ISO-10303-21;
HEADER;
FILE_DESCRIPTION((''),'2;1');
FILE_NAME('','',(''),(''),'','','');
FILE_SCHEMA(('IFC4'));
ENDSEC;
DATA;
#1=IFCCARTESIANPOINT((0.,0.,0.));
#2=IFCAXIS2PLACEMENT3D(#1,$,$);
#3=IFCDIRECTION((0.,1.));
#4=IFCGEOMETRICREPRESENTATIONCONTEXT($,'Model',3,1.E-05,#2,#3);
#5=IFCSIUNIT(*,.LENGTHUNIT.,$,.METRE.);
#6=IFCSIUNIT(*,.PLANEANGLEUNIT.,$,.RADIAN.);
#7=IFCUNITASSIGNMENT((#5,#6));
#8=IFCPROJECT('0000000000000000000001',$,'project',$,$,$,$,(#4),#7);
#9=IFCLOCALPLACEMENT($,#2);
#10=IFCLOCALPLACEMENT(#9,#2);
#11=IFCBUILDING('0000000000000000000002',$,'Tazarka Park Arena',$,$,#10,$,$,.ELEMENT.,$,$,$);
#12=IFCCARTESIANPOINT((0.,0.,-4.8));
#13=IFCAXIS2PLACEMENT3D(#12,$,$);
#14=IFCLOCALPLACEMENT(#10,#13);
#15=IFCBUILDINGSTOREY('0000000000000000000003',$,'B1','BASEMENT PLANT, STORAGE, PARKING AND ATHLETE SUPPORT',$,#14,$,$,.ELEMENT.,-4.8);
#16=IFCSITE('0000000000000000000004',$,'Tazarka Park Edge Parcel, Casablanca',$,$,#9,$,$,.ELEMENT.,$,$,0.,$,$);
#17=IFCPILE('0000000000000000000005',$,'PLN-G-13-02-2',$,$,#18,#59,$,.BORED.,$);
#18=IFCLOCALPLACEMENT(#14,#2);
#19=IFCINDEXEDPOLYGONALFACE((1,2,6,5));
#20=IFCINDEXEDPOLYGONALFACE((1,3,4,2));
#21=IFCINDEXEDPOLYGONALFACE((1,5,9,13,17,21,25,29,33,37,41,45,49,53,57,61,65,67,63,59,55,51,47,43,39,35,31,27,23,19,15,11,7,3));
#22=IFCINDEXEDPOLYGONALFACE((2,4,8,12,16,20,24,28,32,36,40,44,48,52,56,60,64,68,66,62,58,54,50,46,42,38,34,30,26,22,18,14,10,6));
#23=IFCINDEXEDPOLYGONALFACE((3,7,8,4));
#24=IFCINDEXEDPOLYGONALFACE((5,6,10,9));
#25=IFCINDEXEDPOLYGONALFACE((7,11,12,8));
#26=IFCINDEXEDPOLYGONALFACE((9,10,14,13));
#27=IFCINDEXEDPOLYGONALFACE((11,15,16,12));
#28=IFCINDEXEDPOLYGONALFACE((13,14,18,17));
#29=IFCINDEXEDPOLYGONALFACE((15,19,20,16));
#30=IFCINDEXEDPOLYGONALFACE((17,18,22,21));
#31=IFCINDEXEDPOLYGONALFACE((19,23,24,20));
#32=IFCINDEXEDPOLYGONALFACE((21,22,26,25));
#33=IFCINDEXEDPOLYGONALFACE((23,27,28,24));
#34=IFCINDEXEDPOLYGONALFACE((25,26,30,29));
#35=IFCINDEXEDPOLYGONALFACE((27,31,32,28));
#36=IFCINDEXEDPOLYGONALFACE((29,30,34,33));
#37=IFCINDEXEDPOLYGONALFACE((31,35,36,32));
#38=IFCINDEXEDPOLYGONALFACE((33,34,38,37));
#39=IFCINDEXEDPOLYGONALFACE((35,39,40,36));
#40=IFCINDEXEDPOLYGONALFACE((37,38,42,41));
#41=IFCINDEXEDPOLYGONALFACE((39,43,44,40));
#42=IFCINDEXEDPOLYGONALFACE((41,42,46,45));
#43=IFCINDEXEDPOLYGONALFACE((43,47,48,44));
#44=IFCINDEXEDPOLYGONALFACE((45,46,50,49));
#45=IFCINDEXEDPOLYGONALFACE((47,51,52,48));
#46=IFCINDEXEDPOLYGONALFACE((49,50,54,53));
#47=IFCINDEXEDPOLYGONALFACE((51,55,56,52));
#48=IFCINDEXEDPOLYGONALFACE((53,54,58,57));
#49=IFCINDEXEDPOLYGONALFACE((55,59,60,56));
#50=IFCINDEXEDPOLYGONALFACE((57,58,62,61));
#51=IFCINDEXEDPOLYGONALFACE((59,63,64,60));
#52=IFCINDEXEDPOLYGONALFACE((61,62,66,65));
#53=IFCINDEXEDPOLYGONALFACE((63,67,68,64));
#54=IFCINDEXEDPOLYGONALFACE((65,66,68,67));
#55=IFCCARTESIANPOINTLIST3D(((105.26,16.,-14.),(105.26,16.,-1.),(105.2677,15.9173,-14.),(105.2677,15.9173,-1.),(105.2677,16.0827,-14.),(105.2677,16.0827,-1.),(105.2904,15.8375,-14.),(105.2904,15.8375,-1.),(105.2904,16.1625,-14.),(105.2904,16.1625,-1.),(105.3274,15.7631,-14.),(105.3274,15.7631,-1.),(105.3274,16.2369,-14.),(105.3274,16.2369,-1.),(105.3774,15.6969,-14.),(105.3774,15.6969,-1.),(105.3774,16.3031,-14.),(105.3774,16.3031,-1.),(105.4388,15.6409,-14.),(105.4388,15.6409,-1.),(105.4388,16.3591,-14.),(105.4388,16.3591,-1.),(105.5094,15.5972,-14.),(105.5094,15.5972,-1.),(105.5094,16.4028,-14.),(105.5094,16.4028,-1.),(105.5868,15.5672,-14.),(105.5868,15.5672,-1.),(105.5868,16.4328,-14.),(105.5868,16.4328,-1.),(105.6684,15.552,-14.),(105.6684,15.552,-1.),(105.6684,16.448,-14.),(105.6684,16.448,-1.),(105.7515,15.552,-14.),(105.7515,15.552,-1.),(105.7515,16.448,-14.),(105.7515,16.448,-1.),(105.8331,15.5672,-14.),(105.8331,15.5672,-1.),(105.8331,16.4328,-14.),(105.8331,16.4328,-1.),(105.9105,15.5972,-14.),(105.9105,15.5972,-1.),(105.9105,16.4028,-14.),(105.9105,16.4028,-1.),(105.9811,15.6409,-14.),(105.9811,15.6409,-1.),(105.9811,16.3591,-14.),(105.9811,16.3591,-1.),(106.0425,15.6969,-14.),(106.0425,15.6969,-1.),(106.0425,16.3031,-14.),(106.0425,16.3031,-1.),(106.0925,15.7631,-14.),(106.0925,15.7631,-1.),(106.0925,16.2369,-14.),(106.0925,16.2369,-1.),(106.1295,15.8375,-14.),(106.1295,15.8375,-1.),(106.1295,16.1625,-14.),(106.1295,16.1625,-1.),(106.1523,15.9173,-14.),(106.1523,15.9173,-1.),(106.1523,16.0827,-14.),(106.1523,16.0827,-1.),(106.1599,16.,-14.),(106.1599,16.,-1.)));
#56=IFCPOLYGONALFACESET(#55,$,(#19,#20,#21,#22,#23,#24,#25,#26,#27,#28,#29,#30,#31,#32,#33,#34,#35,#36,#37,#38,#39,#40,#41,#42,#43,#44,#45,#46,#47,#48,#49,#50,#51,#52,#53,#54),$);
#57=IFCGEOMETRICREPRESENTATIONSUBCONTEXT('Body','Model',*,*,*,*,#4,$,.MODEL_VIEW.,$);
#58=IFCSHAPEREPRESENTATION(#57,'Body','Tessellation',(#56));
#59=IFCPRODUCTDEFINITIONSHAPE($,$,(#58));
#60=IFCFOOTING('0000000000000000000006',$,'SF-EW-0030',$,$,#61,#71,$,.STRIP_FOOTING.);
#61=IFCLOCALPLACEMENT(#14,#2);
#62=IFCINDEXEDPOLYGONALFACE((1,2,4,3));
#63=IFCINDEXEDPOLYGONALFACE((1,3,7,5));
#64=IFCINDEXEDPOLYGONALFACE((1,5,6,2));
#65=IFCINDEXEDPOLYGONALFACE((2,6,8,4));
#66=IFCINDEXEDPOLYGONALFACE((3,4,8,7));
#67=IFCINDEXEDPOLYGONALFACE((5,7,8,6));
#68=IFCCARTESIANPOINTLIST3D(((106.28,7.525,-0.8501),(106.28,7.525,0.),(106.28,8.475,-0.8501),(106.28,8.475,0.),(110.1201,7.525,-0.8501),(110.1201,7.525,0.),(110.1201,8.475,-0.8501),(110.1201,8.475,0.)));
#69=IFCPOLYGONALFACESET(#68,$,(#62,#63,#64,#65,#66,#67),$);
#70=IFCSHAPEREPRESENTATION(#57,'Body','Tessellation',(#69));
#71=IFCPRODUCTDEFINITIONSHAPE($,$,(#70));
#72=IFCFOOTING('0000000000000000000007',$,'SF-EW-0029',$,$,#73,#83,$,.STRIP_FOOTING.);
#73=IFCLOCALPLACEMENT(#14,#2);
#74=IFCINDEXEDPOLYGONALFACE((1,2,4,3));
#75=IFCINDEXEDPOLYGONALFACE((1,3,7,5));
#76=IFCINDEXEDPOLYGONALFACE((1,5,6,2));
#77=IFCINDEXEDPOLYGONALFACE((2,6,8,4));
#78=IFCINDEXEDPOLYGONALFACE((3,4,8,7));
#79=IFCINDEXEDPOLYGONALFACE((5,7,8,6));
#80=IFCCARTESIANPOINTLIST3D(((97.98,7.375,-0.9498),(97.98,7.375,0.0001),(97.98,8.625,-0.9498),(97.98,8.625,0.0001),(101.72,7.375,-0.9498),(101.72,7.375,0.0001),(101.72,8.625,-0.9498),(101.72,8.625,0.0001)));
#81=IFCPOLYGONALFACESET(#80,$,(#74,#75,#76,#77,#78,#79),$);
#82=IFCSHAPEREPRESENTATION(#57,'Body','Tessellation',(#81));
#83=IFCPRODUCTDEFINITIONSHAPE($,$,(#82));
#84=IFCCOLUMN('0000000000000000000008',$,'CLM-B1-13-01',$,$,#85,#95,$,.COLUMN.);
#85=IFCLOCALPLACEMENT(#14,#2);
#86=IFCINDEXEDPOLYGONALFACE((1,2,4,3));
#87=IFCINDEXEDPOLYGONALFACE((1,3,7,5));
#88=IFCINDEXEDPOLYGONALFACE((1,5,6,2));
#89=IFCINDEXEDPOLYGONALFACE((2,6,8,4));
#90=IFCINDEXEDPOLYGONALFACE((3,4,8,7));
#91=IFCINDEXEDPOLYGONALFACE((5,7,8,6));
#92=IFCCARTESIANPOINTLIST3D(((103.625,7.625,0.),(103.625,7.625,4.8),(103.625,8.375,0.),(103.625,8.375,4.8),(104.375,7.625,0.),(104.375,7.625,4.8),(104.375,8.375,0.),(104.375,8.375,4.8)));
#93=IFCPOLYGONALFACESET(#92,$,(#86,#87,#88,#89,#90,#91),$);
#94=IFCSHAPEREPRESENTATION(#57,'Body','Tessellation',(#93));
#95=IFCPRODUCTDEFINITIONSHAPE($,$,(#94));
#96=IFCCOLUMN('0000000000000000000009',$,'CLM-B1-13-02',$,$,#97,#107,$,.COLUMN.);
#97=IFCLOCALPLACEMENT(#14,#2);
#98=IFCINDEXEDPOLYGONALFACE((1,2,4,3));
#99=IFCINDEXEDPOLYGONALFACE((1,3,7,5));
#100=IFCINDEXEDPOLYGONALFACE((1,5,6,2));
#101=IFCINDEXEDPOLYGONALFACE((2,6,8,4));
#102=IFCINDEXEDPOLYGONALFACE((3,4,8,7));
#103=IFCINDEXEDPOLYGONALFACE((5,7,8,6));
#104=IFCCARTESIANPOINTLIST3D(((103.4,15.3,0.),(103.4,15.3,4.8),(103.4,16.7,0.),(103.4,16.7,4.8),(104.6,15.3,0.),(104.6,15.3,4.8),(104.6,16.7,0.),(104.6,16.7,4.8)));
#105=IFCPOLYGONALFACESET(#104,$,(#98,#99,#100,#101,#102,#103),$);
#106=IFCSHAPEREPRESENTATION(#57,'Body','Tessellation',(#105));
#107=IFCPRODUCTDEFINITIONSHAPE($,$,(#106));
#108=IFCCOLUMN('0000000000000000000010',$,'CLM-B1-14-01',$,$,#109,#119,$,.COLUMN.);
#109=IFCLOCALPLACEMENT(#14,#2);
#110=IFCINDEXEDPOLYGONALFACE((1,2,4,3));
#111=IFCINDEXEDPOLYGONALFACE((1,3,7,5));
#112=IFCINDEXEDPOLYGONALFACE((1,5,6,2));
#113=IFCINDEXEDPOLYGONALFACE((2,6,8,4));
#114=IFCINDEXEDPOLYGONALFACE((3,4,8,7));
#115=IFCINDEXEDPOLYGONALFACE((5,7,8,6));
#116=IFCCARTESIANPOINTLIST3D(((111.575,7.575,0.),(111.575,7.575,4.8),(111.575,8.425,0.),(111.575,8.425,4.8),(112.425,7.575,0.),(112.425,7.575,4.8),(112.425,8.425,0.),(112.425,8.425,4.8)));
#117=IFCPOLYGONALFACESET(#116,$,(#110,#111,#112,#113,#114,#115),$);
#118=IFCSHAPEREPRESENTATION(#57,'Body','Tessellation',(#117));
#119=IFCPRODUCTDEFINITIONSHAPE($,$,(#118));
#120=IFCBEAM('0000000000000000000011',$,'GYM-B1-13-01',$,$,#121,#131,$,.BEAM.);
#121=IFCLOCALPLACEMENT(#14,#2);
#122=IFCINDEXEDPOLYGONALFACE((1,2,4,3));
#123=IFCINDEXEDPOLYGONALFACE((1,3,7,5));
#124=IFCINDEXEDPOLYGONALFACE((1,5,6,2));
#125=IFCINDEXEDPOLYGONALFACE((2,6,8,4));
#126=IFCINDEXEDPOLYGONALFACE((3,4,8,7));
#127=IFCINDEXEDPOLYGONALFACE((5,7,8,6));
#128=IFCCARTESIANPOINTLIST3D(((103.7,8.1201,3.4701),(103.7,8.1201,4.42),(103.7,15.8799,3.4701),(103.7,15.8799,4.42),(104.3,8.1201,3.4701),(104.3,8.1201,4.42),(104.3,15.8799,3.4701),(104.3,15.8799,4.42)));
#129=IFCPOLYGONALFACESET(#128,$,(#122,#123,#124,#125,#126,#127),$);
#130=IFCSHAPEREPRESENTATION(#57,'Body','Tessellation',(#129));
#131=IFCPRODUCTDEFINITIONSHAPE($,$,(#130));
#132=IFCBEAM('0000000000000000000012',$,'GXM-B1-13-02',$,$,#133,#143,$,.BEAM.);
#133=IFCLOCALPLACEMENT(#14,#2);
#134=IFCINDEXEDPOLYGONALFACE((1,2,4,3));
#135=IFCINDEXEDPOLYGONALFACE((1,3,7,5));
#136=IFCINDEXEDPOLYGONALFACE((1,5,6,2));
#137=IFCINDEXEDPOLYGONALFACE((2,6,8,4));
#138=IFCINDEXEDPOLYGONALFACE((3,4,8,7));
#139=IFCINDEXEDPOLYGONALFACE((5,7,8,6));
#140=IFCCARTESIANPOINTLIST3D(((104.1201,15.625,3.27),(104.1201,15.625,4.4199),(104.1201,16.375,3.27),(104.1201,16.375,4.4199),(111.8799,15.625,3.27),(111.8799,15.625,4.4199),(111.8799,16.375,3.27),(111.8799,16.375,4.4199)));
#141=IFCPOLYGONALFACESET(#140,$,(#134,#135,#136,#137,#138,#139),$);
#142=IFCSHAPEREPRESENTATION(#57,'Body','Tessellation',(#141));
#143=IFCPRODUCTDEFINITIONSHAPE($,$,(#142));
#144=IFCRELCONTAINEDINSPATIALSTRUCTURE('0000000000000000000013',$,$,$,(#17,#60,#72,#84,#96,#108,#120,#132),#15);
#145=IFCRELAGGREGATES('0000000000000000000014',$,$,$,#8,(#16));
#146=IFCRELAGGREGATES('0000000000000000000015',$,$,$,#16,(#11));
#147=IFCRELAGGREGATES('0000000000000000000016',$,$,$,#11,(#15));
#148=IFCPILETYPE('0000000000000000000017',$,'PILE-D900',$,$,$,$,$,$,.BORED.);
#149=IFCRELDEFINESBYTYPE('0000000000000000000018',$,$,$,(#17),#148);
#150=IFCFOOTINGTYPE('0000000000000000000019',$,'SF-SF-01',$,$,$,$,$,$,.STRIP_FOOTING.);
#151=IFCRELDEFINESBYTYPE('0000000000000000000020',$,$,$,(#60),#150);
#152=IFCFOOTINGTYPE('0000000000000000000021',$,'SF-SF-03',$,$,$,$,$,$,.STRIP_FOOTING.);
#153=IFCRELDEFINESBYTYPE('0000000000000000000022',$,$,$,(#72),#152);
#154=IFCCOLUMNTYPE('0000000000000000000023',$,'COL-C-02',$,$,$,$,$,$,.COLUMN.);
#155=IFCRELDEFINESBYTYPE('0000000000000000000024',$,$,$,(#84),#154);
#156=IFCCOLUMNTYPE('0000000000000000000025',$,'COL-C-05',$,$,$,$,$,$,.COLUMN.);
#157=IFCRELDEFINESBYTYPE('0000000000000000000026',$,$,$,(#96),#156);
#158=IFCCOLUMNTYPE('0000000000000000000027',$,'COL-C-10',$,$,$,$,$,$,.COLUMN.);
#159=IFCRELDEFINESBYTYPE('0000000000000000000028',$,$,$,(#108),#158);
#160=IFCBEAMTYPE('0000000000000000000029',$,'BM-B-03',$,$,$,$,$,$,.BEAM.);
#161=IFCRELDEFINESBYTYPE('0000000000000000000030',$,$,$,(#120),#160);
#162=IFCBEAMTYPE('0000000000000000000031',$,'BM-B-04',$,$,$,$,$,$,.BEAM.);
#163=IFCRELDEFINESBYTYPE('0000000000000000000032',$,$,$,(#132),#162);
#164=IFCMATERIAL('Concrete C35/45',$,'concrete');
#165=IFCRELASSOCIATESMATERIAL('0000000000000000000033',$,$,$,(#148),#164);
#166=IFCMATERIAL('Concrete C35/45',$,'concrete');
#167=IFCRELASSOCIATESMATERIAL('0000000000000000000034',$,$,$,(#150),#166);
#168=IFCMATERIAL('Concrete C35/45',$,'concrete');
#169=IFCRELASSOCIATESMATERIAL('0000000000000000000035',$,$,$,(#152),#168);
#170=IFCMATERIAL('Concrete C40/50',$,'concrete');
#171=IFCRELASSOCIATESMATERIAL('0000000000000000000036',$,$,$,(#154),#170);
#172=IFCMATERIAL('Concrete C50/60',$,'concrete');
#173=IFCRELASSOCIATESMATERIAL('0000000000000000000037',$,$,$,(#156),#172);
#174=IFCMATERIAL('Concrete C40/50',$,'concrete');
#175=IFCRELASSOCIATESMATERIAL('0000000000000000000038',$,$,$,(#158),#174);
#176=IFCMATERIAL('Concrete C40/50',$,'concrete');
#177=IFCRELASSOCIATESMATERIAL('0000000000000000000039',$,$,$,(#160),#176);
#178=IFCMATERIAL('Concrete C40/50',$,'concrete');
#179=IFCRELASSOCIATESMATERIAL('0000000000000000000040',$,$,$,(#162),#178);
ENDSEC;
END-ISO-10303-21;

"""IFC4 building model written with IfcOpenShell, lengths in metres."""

from ifc_helpers import new_model, si_unit, direction, frame, origin, origin_2d, place, context, subcontext, project, spatial, rectangle, circle, extrude, material, material_profile, profile_set, type_object, element, save


model = new_model("IFC4")

# Units and contexts
model_context = context("Model", 3, precision=1e-05, world=origin(), true_north=direction((0.0, 1.0)))
body_context = subcontext(model_context, "Body", "Model", "MODEL_VIEW")
ifc_project = project(units=[si_unit("LENGTHUNIT", "METRE"), si_unit("PLANEANGLEUNIT", "RADIAN")], contexts=[model_context])

# Site, building, storey
site_placement = place(None, origin())
site = spatial("IfcSite", under=ifc_project, at=site_placement, Name="Tazarka Park Edge Parcel, Casablanca", CompositionType="ELEMENT", RefElevation=0.0)
building_placement = place(site_placement, origin())
building = spatial("IfcBuilding", under=site, at=building_placement, Name="Tazarka Park Arena", CompositionType="ELEMENT")
storey_placement = place(building_placement, frame((0.0, 0.0, -4.8)))
storey = spatial("IfcBuildingStorey", under=building, at=storey_placement, Name="B1", Description="BASEMENT PLANT, STORAGE, PARKING AND ATHLETE SUPPORT", CompositionType="ELEMENT", Elevation=-4.8)

# Pile
ifc_material_1 = material(Name="Concrete C35/45", Category="concrete")
ifc_material_profile_1 = material_profile(ifc_material_1, circle(Radius=0.45, at=origin_2d()), Name="Concrete C35/45")
ifc_profile_set_1 = profile_set([ifc_material_profile_1], Name="Concrete C35/45")
pile_type_1 = type_object("IfcPileType", Name="PILE-D900", PredefinedType="BORED", material=ifc_profile_set_1)
for number, where, z_axis, x_axis, name in (
    (1, (105.71, 16.0, -1.0), (0.0, 0.0, -1.0), (1.0, 0.0, 0.0), "PLN-G-13-02-2"),
):
    element("IfcPile", number, at=place(storey_placement, frame(where, z_axis=z_axis, x_axis=x_axis)), inside=storey, type_object=pile_type_1, Name=name, PredefinedType="BORED", context=body_context, shape_type="SweptSolid", body=[
        extrude(circle(Radius=0.45, at=origin_2d()), origin(), (0.0, 0.0, 1.0), 13.0),
    ])

# Footings
ifc_material_2 = material(Name="Concrete C35/45", Category="concrete")
ifc_material_profile_2 = material_profile(ifc_material_2, rectangle(XDim=0.95, YDim=0.8501, at=origin_2d()), Name="Concrete C35/45")
ifc_profile_set_2 = profile_set([ifc_material_profile_2], Name="Concrete C35/45")
footing_type_1 = type_object("IfcFootingType", Name="SF-SF-01", PredefinedType="STRIP_FOOTING", material=ifc_profile_set_2)
footing_1_placement = place(storey_placement, frame((110.1201, 8.0, -0.425), z_axis=(-1.0, 0.0, 0.0), x_axis=(0.0, -1.0, 0.0)))
element("IfcFooting", 2, at=footing_1_placement, inside=storey, type_object=footing_type_1, Name="SF-EW-0030", PredefinedType="STRIP_FOOTING", context=body_context, shape_type="SweptSolid", body=[
    extrude(rectangle(XDim=0.95, YDim=0.8501, at=origin_2d()), origin(), (0.0, 0.0, 1.0), 3.8401),
])
ifc_material_3 = material(Name="Concrete C35/45", Category="concrete")
ifc_material_profile_3 = material_profile(ifc_material_3, rectangle(XDim=1.25, YDim=0.95, at=origin_2d()), Name="Concrete C35/45")
ifc_profile_set_3 = profile_set([ifc_material_profile_3], Name="Concrete C35/45")
footing_type_2 = type_object("IfcFootingType", Name="SF-SF-03", PredefinedType="STRIP_FOOTING", material=ifc_profile_set_3)
footing_2_placement = place(storey_placement, frame((101.72, 8.0, -0.4749), z_axis=(-1.0, 0.0, 0.0), x_axis=(0.0, -1.0, 0.0)))
element("IfcFooting", 3, at=footing_2_placement, inside=storey, type_object=footing_type_2, Name="SF-EW-0029", PredefinedType="STRIP_FOOTING", context=body_context, shape_type="SweptSolid", body=[
    extrude(rectangle(XDim=1.25, YDim=0.95, at=origin_2d()), origin(), (0.0, 0.0, 1.0), 3.74),
])

# Columns
ifc_material_4 = material(Name="Concrete C40/50", Category="concrete")
ifc_material_profile_4 = material_profile(ifc_material_4, rectangle(XDim=0.75, YDim=0.75, at=origin_2d()), Name="Concrete C40/50")
ifc_profile_set_4 = profile_set([ifc_material_profile_4], Name="Concrete C40/50")
column_type_1 = type_object("IfcColumnType", Name="COL-C-02", PredefinedType="COLUMN", material=ifc_profile_set_4)
column_1_placement = place(storey_placement, frame((104.0, 8.0, 0.0), z_axis=(0.0, 0.0, 1.0), x_axis=(1.0, 0.0, 0.0)))
element("IfcColumn", 4, at=column_1_placement, inside=storey, type_object=column_type_1, Name="CLM-B1-13-01", PredefinedType="COLUMN", context=body_context, shape_type="SweptSolid", body=[
    extrude(rectangle(XDim=0.75, YDim=0.75, at=origin_2d()), origin(), (0.0, 0.0, 1.0), 4.8),
])
ifc_material_5 = material(Name="Concrete C50/60", Category="concrete")
ifc_material_profile_5 = material_profile(ifc_material_5, rectangle(XDim=1.2, YDim=1.3999, at=origin_2d()), Name="Concrete C50/60")
ifc_profile_set_5 = profile_set([ifc_material_profile_5], Name="Concrete C50/60")
column_type_2 = type_object("IfcColumnType", Name="COL-C-05", PredefinedType="COLUMN", material=ifc_profile_set_5)
column_2_placement = place(storey_placement, frame((104.0, 16.0, 0.0), z_axis=(0.0, 0.0, 1.0), x_axis=(1.0, 0.0, 0.0)))
element("IfcColumn", 5, at=column_2_placement, inside=storey, type_object=column_type_2, Name="CLM-B1-13-02", PredefinedType="COLUMN", context=body_context, shape_type="SweptSolid", body=[
    extrude(rectangle(XDim=1.2, YDim=1.3999, at=origin_2d()), origin(), (0.0, 0.0, 1.0), 4.8),
])
ifc_material_6 = material(Name="Concrete C40/50", Category="concrete")
ifc_material_profile_6 = material_profile(ifc_material_6, rectangle(XDim=0.8501, YDim=0.8501, at=origin_2d()), Name="Concrete C40/50")
ifc_profile_set_6 = profile_set([ifc_material_profile_6], Name="Concrete C40/50")
column_type_3 = type_object("IfcColumnType", Name="COL-C-10", PredefinedType="COLUMN", material=ifc_profile_set_6)
column_3_placement = place(storey_placement, frame((112.0, 8.0, 0.0), z_axis=(0.0, 0.0, 1.0), x_axis=(1.0, 0.0, 0.0)))
element("IfcColumn", 6, at=column_3_placement, inside=storey, type_object=column_type_3, Name="CLM-B1-14-01", PredefinedType="COLUMN", context=body_context, shape_type="SweptSolid", body=[
    extrude(rectangle(XDim=0.8501, YDim=0.8501, at=origin_2d()), origin(), (0.0, 0.0, 1.0), 4.8),
])

# Beams
ifc_material_7 = material(Name="Concrete C40/50", Category="concrete")
ifc_material_profile_7 = material_profile(ifc_material_7, rectangle(XDim=0.6001, YDim=0.95, at=origin_2d()), Name="Concrete C40/50")
ifc_profile_set_7 = profile_set([ifc_material_profile_7], Name="Concrete C40/50")
beam_type_1 = type_object("IfcBeamType", Name="BM-B-03", PredefinedType="BEAM", material=ifc_profile_set_7)
beam_1_placement = place(storey_placement, frame((104.0, 8.1201, 3.9451), z_axis=(0.0, 1.0, 0.0), x_axis=(-1.0, 0.0, 0.0)))
element("IfcBeam", 7, at=beam_1_placement, inside=storey, type_object=beam_type_1, Name="GYM-B1-13-01", PredefinedType="BEAM", context=body_context, shape_type="SweptSolid", body=[
    extrude(rectangle(XDim=0.6001, YDim=0.95, at=origin_2d()), origin(), (0.0, 0.0, 1.0), 7.7598),
])
ifc_material_8 = material(Name="Concrete C40/50", Category="concrete")
ifc_material_profile_8 = material_profile(ifc_material_8, rectangle(XDim=0.75, YDim=1.1499, at=origin_2d()), Name="Concrete C40/50")
ifc_profile_set_8 = profile_set([ifc_material_profile_8], Name="Concrete C40/50")
beam_type_2 = type_object("IfcBeamType", Name="BM-B-04", PredefinedType="BEAM", material=ifc_profile_set_8)
beam_2_placement = place(storey_placement, frame((104.1201, 16.0, 3.845), z_axis=(1.0, 0.0, 0.0), x_axis=(0.0, 1.0, 0.0)))
element("IfcBeam", 8, at=beam_2_placement, inside=storey, type_object=beam_type_2, Name="GXM-B1-13-02", PredefinedType="BEAM", context=body_context, shape_type="SweptSolid", body=[
    extrude(rectangle(XDim=0.75, YDim=1.1499, at=origin_2d()), origin(), (0.0, 0.0, 1.0), 7.7598),
])

save(model, "model.ifc")
